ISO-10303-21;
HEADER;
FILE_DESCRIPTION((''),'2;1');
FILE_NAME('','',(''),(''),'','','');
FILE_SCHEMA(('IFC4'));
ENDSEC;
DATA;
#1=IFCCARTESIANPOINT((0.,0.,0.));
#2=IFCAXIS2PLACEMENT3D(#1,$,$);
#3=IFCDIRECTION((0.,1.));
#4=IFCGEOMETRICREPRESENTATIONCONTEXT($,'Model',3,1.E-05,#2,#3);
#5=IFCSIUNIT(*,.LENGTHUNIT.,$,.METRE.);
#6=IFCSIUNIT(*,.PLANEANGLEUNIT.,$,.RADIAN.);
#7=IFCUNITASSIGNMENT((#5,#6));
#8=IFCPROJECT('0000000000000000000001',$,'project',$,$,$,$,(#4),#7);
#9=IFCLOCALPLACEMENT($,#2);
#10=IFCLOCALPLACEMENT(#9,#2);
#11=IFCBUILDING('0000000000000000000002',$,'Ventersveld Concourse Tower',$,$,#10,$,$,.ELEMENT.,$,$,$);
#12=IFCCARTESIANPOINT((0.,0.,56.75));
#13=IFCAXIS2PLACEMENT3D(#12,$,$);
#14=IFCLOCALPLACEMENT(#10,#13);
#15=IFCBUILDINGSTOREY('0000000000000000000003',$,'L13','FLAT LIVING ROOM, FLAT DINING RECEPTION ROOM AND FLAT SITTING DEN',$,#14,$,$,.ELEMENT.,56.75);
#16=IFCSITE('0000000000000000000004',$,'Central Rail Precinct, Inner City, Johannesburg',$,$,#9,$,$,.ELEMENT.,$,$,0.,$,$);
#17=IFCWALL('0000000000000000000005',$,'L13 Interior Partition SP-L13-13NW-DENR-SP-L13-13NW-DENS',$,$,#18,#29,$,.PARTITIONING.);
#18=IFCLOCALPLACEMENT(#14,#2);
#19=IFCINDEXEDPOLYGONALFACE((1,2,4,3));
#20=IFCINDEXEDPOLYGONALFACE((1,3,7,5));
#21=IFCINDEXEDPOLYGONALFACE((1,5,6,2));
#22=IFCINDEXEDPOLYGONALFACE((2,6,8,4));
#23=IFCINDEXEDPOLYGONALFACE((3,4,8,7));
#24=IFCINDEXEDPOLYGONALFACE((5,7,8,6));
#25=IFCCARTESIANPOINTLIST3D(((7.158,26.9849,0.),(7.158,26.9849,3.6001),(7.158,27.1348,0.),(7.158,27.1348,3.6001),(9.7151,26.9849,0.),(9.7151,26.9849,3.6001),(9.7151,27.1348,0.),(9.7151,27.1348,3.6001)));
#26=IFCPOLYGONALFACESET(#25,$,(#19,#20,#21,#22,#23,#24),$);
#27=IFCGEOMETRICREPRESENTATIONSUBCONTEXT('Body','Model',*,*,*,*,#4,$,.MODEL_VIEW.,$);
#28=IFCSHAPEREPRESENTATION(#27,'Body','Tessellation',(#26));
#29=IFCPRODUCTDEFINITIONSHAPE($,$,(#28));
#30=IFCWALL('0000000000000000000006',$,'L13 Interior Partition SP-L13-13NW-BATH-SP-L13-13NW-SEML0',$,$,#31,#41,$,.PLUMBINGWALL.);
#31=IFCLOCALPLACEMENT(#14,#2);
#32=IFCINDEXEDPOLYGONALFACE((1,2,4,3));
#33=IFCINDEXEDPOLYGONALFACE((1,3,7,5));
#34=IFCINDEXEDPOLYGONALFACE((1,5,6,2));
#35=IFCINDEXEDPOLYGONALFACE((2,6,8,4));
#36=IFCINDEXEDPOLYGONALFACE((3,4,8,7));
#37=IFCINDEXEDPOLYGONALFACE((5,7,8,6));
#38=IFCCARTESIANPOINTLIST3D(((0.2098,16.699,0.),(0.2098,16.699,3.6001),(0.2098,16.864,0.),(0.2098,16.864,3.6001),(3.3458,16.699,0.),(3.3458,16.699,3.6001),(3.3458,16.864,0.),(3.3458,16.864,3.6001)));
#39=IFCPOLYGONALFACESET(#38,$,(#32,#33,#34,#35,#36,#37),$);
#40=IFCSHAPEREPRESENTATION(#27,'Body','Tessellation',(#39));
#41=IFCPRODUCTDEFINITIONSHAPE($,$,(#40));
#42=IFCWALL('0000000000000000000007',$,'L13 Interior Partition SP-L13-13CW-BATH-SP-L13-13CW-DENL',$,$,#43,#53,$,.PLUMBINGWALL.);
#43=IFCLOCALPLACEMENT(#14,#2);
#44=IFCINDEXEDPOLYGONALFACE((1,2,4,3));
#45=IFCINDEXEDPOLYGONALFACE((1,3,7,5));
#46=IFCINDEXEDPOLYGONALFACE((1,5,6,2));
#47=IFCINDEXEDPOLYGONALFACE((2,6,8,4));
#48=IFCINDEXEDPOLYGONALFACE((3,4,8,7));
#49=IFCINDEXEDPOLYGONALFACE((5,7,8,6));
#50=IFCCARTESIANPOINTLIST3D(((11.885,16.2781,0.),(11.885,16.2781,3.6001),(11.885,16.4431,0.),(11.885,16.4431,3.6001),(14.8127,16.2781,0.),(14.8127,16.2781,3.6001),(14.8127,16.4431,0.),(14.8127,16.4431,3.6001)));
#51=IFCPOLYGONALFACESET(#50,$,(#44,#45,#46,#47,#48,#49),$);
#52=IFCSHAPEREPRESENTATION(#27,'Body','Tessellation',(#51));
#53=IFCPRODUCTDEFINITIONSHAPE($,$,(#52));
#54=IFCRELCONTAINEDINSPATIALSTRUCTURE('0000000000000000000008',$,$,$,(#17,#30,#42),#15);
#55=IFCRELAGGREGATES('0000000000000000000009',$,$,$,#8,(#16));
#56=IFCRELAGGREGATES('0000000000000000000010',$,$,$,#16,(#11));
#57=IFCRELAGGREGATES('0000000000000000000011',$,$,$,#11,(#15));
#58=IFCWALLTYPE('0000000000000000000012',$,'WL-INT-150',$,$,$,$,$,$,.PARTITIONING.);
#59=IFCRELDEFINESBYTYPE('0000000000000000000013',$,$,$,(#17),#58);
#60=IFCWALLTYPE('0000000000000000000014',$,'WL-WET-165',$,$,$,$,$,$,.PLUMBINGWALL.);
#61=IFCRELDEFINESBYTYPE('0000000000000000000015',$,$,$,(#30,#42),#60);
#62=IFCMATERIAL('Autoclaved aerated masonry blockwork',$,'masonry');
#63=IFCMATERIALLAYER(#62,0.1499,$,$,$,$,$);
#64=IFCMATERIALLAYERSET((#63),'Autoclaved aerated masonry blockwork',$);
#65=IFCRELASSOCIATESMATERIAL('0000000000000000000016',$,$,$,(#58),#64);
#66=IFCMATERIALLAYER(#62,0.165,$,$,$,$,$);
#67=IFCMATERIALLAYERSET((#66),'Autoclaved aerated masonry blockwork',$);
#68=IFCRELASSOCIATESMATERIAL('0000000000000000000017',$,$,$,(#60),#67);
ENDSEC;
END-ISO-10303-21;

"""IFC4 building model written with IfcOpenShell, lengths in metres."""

from ifc_helpers import new_model, si_unit, direction, frame, frame_2d, origin, place, context, subcontext, project, spatial, rectangle, extrude, material, layer, layer_set, type_object, element, save


model = new_model("IFC4")

# Units and contexts
model_context = context("Model", 3, precision=1e-05, world=origin(), true_north=direction((0.0, 1.0)))
body_context = subcontext(model_context, "Body", "Model", "MODEL_VIEW")
ifc_project = project(units=[si_unit("LENGTHUNIT", "METRE"), si_unit("PLANEANGLEUNIT", "RADIAN")], contexts=[model_context])

# Site, building, storey
site_placement = place(None, origin())
site = spatial("IfcSite", under=ifc_project, at=site_placement, Name="Central Rail Precinct, Inner City, Johannesburg", CompositionType="ELEMENT", RefElevation=0.0)
building_placement = place(site_placement, origin())
building = spatial("IfcBuilding", under=site, at=building_placement, Name="Ventersveld Concourse Tower", CompositionType="ELEMENT")
storey_placement = place(building_placement, frame((0.0, 0.0, 56.75)))
storey = spatial("IfcBuildingStorey", under=building, at=storey_placement, Name="L13", Description="FLAT LIVING ROOM, FLAT DINING RECEPTION ROOM AND FLAT SITTING DEN", CompositionType="ELEMENT", Elevation=56.75)

# Shared definitions
ifc_material_1 = material(Name="Autoclaved aerated masonry blockwork", Category="masonry")
ifc_layer_1 = layer(ifc_material_1, 0.1499)
ifc_layer_set_1 = layer_set([ifc_layer_1], Name="Autoclaved aerated masonry blockwork")
wall_type_1 = type_object("IfcWallType", Name="WL-INT-150", PredefinedType="PARTITIONING", material=ifc_layer_set_1)

# Walls
for number, where, z_axis, x_axis, name in (
    (1, (7.158, 27.0598, 0.0), (0.0, 0.0, 1.0), (1.0, 0.0, 0.0), "L13 Interior Partition SP-L13-13NW-DENR-SP-L13-13NW-DENS"),
):
    element("IfcWall", number, at=place(storey_placement, frame(where, z_axis=z_axis, x_axis=x_axis)), inside=storey, type_object=wall_type_1, Name=name, PredefinedType="PARTITIONING", context=body_context, shape_type="SweptSolid", body=[
        extrude(rectangle(XDim=2.5571, YDim=0.1499, at=frame_2d((1.2786, 0.0))), origin(), (0.0, 0.0, 1.0), 3.6001),
    ])
ifc_layer_2 = layer(ifc_material_1, 0.165)
ifc_layer_set_2 = layer_set([ifc_layer_2], Name="Autoclaved aerated masonry blockwork")
wall_type_2 = type_object("IfcWallType", Name="WL-WET-165", PredefinedType="PLUMBINGWALL", material=ifc_layer_set_2)
wall_1_placement = place(storey_placement, frame((0.21, 16.7815, 0.0), z_axis=(0.0, 0.0, 1.0), x_axis=(1.0, 0.0, 0.0)))
element("IfcWall", 2, at=wall_1_placement, inside=storey, type_object=wall_type_2, Name="L13 Interior Partition SP-L13-13NW-BATH-SP-L13-13NW-SEML0", PredefinedType="PLUMBINGWALL", context=body_context, shape_type="SweptSolid", body=[
    extrude(rectangle(XDim=3.136, YDim=0.165, at=frame_2d((1.5679, 0.0))), origin(), (0.0, 0.0, 1.0), 3.6001),
])
wall_2_placement = place(storey_placement, frame((11.885, 16.3606, 0.0), z_axis=(0.0, 0.0, 1.0), x_axis=(1.0, 0.0, 0.0)))
element("IfcWall", 3, at=wall_2_placement, inside=storey, type_object=wall_type_2, Name="L13 Interior Partition SP-L13-13CW-BATH-SP-L13-13CW-DENL", PredefinedType="PLUMBINGWALL", context=body_context, shape_type="SweptSolid", body=[
    extrude(rectangle(XDim=2.9277, YDim=0.165, at=frame_2d((1.4639, 0.0))), origin(), (0.0, 0.0, 1.0), 3.6001),
])

save(model, "model.ifc")
